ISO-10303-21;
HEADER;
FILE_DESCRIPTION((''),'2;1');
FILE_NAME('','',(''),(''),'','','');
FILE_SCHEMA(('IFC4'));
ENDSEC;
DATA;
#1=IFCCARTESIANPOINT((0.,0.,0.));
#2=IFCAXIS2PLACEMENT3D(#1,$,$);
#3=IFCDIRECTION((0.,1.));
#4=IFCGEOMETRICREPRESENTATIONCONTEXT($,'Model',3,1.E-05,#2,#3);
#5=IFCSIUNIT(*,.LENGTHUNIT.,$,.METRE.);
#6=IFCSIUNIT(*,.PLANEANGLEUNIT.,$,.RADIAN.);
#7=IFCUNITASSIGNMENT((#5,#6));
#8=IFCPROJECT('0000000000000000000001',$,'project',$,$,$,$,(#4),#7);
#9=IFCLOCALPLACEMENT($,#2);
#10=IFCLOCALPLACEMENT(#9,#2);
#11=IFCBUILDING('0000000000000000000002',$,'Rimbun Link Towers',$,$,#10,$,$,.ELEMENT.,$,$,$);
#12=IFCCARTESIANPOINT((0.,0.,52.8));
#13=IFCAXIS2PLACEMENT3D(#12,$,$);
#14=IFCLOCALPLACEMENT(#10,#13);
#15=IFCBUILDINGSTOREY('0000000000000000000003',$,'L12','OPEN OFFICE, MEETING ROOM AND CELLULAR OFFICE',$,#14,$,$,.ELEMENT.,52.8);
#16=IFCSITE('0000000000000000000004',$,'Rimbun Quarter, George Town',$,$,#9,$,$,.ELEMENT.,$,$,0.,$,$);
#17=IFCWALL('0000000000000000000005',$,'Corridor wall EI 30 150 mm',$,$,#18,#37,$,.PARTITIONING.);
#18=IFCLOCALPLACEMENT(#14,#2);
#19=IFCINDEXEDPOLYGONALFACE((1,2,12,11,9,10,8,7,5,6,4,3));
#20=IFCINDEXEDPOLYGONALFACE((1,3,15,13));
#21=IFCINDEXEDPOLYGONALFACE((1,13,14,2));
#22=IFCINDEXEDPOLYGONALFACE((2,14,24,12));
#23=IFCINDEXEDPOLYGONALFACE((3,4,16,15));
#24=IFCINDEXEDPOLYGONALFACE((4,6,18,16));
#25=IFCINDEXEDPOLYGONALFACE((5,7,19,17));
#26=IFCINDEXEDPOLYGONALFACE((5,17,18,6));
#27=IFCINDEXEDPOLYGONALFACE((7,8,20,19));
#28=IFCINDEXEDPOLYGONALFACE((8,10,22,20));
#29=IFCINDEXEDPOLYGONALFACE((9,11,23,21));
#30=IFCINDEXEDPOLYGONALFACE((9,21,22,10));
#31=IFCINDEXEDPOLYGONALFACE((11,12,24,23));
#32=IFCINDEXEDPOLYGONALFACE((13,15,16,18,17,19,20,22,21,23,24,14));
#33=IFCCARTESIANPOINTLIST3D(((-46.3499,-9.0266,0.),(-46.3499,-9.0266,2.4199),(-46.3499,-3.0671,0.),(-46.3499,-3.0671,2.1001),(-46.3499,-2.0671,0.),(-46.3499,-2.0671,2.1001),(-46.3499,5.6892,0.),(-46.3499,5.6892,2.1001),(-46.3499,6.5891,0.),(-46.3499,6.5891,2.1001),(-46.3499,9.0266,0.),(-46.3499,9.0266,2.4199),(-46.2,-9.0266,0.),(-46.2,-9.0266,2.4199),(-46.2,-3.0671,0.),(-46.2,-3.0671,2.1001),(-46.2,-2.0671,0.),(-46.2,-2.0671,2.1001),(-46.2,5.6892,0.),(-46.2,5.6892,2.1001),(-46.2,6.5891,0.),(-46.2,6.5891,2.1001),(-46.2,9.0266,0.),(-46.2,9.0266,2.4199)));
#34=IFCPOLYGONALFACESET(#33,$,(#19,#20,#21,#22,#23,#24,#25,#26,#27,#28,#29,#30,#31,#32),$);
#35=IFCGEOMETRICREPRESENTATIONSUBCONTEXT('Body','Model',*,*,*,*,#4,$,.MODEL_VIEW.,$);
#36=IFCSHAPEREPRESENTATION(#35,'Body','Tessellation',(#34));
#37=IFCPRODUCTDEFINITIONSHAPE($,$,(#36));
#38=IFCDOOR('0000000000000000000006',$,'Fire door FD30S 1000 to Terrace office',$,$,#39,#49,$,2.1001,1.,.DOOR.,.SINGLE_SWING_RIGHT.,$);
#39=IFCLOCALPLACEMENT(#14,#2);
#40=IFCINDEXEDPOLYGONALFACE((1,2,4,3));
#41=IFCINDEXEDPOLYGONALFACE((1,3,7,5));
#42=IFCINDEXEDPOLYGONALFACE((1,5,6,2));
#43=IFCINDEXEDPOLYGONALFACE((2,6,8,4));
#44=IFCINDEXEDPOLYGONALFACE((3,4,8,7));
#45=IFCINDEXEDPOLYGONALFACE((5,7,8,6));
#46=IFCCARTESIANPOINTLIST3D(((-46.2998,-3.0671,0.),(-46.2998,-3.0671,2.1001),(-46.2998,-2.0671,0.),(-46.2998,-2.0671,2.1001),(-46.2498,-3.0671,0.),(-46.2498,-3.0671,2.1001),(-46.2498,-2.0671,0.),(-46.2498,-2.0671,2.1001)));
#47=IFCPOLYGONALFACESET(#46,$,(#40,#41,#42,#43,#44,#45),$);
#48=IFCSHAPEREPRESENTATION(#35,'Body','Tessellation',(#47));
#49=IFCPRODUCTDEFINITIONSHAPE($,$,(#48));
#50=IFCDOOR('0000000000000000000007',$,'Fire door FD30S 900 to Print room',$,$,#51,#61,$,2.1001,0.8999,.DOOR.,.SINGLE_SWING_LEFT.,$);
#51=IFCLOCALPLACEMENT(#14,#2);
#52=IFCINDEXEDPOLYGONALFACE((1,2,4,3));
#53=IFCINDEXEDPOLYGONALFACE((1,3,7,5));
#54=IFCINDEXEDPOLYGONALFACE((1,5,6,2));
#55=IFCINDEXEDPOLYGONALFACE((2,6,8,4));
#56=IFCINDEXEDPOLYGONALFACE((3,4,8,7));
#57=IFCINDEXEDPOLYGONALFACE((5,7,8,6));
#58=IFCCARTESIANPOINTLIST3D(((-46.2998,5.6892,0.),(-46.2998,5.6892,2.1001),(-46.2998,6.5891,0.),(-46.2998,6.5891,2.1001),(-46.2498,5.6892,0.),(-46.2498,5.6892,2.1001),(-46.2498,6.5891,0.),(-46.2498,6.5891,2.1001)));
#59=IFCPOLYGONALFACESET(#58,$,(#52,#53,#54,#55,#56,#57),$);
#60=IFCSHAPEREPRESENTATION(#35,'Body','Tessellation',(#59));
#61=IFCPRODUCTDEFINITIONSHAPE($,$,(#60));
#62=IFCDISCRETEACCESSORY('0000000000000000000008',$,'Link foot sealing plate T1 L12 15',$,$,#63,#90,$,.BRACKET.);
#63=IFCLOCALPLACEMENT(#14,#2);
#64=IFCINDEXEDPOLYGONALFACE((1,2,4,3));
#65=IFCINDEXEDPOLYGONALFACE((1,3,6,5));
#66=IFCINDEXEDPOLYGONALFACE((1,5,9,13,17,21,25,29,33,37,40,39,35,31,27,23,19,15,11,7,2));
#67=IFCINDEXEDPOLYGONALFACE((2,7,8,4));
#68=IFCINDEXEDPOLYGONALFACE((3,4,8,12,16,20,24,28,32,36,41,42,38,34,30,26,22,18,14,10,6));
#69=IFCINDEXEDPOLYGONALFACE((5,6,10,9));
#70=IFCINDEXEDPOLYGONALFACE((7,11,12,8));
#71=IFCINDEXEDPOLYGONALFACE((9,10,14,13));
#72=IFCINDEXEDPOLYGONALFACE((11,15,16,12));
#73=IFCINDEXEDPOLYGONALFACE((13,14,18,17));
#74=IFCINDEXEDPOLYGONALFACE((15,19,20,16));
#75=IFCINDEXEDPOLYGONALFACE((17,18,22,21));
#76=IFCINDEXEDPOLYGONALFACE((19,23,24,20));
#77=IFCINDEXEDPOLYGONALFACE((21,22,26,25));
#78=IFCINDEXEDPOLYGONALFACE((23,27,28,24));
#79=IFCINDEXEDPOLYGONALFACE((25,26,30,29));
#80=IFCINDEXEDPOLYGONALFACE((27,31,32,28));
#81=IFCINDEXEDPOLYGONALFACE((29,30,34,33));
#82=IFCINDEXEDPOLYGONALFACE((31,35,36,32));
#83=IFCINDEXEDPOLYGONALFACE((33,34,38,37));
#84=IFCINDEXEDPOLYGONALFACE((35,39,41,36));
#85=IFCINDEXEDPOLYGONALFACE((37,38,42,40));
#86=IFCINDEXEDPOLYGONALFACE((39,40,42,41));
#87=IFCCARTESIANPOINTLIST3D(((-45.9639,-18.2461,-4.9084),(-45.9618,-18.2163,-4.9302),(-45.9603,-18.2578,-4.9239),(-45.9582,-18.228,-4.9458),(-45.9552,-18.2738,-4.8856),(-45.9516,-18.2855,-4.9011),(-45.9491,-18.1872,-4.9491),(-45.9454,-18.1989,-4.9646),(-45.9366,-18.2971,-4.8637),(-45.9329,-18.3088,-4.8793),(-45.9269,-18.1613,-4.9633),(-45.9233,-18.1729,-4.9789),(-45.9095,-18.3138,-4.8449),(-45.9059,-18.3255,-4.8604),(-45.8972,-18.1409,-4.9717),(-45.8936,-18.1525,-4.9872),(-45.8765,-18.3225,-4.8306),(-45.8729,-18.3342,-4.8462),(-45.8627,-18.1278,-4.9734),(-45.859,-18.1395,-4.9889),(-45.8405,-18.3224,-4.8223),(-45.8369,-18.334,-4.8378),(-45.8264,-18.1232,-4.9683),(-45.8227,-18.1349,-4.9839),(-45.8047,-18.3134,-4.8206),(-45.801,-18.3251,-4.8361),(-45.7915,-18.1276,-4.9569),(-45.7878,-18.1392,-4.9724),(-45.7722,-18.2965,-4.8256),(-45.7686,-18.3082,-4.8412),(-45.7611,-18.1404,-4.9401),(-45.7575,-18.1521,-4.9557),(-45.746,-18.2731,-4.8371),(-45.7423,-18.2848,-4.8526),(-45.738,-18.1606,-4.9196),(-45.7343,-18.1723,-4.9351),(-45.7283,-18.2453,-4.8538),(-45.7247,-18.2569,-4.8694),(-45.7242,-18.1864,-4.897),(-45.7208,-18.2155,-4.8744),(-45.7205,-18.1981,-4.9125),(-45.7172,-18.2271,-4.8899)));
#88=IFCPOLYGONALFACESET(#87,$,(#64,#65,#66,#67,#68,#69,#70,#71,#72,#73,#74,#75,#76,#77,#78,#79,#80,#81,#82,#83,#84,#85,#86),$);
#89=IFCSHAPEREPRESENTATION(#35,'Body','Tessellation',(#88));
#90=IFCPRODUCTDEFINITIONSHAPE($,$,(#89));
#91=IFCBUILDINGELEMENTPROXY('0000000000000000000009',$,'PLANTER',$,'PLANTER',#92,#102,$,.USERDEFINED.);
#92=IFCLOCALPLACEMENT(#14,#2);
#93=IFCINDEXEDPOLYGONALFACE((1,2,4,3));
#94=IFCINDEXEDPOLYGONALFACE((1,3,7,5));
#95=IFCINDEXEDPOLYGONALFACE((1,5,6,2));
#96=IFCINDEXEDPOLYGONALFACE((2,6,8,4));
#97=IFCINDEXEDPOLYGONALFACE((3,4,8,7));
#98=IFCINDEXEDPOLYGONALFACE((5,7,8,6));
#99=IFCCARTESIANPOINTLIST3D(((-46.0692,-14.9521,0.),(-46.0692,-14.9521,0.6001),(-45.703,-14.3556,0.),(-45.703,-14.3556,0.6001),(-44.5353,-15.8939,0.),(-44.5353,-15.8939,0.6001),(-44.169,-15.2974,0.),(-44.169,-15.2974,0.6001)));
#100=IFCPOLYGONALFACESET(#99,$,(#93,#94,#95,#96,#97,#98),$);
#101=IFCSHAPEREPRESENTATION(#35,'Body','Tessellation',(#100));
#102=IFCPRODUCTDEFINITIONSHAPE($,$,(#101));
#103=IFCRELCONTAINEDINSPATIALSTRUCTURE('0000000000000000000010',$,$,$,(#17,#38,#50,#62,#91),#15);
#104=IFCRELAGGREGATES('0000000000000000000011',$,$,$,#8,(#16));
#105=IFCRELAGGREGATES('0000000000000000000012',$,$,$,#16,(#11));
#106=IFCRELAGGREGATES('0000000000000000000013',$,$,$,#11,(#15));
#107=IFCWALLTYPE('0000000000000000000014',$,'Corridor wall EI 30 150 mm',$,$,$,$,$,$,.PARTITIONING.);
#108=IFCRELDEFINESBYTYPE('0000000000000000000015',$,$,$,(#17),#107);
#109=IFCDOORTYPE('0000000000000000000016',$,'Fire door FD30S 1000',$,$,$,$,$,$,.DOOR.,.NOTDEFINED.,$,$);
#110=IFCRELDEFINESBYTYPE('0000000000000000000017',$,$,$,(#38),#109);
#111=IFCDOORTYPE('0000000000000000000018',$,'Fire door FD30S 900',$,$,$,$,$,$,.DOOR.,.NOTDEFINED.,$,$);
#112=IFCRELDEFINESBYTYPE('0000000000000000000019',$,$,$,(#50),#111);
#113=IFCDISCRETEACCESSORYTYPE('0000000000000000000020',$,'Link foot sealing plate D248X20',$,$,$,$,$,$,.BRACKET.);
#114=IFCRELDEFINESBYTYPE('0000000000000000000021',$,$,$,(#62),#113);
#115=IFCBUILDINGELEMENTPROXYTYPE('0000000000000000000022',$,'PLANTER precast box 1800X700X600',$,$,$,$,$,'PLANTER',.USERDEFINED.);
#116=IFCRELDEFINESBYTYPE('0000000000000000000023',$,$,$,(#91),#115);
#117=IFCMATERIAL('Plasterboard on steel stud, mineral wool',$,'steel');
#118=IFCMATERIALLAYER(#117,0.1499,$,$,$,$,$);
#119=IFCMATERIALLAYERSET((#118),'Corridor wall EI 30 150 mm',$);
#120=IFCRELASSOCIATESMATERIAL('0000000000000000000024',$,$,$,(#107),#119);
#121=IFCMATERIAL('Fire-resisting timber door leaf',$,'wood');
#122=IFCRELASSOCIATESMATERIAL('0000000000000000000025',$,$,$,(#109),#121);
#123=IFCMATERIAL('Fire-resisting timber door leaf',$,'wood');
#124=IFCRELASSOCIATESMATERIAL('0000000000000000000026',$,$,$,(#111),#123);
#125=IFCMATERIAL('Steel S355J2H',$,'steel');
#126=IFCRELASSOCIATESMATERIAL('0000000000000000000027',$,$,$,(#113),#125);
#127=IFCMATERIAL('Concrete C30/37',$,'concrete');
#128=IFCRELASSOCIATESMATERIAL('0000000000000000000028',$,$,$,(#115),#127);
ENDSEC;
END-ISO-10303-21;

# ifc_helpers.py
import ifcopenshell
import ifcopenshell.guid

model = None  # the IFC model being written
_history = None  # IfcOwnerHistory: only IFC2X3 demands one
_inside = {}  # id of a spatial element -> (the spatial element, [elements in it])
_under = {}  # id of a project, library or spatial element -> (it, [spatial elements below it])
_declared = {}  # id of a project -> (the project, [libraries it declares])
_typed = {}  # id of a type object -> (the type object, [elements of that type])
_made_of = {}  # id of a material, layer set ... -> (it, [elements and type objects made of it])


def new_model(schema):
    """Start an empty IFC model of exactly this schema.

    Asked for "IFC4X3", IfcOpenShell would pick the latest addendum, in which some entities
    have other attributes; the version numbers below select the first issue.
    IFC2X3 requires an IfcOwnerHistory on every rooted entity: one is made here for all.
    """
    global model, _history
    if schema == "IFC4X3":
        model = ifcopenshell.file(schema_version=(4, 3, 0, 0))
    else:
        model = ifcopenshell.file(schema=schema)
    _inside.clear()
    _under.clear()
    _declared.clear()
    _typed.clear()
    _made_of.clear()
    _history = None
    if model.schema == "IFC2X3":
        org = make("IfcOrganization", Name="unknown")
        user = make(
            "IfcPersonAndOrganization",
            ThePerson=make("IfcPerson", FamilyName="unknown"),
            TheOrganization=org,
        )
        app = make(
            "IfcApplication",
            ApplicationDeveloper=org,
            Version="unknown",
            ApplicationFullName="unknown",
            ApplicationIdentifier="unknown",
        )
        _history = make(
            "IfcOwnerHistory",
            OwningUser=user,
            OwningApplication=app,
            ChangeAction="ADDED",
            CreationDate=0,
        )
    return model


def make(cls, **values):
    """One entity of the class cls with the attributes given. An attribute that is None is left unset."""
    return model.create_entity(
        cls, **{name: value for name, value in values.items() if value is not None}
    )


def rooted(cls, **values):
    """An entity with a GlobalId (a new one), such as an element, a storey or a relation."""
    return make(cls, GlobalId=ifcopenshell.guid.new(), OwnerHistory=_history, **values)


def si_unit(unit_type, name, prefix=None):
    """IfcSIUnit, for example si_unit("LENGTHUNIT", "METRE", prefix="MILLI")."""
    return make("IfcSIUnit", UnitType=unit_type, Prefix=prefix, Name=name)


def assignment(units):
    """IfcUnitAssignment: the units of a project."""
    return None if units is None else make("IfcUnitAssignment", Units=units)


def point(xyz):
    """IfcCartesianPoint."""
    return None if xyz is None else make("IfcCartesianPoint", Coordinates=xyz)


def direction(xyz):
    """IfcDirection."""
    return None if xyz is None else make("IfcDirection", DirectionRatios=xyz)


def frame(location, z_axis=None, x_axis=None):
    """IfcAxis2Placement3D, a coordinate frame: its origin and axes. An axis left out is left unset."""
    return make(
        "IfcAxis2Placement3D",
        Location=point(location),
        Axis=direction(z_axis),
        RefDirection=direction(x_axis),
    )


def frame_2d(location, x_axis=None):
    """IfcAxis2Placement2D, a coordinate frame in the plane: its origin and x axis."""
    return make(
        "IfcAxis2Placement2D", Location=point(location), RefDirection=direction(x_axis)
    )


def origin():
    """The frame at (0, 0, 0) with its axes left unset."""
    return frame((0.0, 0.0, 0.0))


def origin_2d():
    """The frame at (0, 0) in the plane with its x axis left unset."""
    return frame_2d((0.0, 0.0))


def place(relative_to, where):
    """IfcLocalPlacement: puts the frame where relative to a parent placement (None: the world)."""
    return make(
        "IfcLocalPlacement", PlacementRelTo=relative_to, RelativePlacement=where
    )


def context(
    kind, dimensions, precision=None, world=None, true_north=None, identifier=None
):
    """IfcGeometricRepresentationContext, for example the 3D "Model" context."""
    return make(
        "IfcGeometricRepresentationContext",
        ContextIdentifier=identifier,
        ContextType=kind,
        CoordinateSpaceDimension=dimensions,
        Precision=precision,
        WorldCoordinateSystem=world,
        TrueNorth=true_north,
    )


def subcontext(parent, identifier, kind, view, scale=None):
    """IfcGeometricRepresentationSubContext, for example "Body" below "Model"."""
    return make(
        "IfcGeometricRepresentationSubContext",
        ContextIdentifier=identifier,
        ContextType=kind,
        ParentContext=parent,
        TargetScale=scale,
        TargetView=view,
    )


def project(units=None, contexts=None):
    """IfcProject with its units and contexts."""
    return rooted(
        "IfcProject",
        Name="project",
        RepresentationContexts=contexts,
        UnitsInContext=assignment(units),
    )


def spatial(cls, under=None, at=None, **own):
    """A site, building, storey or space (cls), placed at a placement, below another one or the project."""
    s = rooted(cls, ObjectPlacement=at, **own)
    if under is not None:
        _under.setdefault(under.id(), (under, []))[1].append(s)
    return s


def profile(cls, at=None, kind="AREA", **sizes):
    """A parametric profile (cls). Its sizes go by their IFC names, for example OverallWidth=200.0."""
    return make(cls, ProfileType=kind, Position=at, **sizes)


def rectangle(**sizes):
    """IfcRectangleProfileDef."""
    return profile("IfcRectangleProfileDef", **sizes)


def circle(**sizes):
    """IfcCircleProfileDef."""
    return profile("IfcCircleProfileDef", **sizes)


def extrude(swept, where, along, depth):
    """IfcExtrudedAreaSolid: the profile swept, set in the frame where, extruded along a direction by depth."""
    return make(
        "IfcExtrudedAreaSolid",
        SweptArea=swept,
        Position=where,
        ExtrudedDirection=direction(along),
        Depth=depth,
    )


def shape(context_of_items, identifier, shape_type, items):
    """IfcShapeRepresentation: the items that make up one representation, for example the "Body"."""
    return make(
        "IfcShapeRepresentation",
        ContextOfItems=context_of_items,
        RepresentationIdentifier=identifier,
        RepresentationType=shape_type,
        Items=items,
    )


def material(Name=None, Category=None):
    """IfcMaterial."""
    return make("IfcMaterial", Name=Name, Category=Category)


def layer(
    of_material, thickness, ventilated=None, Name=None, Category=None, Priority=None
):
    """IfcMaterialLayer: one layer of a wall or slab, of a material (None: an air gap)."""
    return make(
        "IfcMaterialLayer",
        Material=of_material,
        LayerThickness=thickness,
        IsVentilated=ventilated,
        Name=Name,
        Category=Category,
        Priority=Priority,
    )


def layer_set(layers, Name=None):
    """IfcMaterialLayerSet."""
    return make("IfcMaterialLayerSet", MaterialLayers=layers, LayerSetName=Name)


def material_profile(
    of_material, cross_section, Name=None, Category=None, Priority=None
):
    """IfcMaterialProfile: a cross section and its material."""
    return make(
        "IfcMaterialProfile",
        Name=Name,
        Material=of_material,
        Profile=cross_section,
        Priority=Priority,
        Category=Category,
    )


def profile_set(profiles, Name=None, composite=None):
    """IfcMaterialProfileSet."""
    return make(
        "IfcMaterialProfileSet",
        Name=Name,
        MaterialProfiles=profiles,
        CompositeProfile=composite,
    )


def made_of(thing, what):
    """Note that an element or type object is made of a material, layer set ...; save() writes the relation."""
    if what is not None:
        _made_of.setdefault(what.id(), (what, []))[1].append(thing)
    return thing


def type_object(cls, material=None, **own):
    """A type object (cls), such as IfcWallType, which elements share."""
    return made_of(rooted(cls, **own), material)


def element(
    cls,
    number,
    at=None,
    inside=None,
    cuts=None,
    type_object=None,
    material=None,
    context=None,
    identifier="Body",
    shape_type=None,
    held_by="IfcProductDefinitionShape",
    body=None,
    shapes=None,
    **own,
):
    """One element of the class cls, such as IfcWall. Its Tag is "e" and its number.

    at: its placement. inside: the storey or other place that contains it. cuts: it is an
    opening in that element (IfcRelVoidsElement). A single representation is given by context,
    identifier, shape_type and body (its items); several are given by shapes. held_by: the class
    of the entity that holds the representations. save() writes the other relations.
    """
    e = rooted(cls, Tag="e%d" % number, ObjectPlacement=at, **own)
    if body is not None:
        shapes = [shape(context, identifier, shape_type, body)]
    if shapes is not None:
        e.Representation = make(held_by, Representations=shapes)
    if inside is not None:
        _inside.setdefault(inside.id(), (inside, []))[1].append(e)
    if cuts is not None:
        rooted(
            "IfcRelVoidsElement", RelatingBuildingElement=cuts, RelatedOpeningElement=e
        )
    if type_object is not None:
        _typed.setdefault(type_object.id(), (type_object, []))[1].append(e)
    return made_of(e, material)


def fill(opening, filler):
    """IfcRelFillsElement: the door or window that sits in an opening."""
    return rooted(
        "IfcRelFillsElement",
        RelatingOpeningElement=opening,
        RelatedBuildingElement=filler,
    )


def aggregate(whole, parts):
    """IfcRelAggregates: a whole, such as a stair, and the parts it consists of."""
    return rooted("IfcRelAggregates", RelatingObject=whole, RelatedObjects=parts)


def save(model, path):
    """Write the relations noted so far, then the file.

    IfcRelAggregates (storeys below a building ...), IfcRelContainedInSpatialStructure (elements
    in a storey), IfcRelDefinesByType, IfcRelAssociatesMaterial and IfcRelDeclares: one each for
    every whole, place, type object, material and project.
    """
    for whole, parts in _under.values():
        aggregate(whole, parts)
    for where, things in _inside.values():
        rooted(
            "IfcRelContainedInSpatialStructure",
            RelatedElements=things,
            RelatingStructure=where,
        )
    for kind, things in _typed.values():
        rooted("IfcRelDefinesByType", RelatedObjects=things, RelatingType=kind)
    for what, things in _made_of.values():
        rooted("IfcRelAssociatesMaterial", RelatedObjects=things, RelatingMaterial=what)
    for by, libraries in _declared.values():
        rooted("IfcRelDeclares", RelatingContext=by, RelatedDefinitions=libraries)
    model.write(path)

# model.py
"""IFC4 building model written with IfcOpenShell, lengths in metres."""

from ifc_helpers import new_model, si_unit, direction, frame, frame_2d, origin, origin_2d, place, context, subcontext, project, spatial, rectangle, circle, extrude, material, layer, layer_set, material_profile, profile_set, type_object, element, fill, save


model = new_model("IFC4")

# Units and contexts
model_context = context("Model", 3, precision=1e-05, world=origin(), true_north=direction((0.0, 1.0)))
body_context = subcontext(model_context, "Body", "Model", "MODEL_VIEW")
ifc_project = project(units=[si_unit("LENGTHUNIT", "METRE"), si_unit("PLANEANGLEUNIT", "RADIAN")], contexts=[model_context])

# Site, building, storey
site_placement = place(None, origin())
site = spatial("IfcSite", under=ifc_project, at=site_placement, Name="Rimbun Quarter, George Town", CompositionType="ELEMENT", RefElevation=0.0)
building_placement = place(site_placement, origin())
building = spatial("IfcBuilding", under=site, at=building_placement, Name="Rimbun Link Towers", CompositionType="ELEMENT")
storey_placement = place(building_placement, frame((0.0, 0.0, 52.8)))
storey = spatial("IfcBuildingStorey", under=building, at=storey_placement, Name="L12", Description="OPEN OFFICE, MEETING ROOM AND CELLULAR OFFICE", CompositionType="ELEMENT", Elevation=52.8)

# Shared definitions
ifc_material_1 = material(Name="Plasterboard on steel stud, mineral wool", Category="steel")
ifc_layer_1 = layer(ifc_material_1, 0.1499)
ifc_layer_set_1 = layer_set([ifc_layer_1], Name="Corridor wall EI 30 150 mm")
wall_type_1 = type_object("IfcWallType", Name="Corridor wall EI 30 150 mm", PredefinedType="PARTITIONING", material=ifc_layer_set_1)

# Wall, openings, doors
wall_1_placement = place(storey_placement, frame((-46.2749, -9.0266, 0.0), z_axis=(0.0, 0.0, 1.0), x_axis=(0.0, 1.0, 0.0)))
wall_1 = element("IfcWall", 1, at=wall_1_placement, inside=storey, type_object=wall_type_1, Name="Corridor wall EI 30 150 mm", PredefinedType="PARTITIONING", context=body_context, shape_type="SweptSolid", body=[
    extrude(rectangle(XDim=18.0532, YDim=0.1499, at=frame_2d((9.0266, 0.0))), origin(), (0.0, 0.0, 1.0), 2.4199),
])
opening_1_placement = place(wall_1_placement, frame((14.7158, 0.0, 0.0)))
opening_1 = element("IfcOpeningElement", 2, at=opening_1_placement, cuts=wall_1, PredefinedType="OPENING", context=body_context, shape_type="SweptSolid", body=[
    extrude(rectangle(XDim=0.8999, YDim=2.1001, at=frame_2d((0.45, 1.05))), frame((0.0, 0.085, 0.0), z_axis=(0.0, -1.0, 0.0), x_axis=(1.0, 0.0, 0.0)), (0.0, 0.0, 1.0), 0.1699),
])
opening_2_placement = place(wall_1_placement, frame((5.9595, 0.0, 0.0)))
opening_2 = element("IfcOpeningElement", 3, at=opening_2_placement, cuts=wall_1, PredefinedType="OPENING", context=body_context, shape_type="SweptSolid", body=[
    extrude(rectangle(XDim=1.0, YDim=2.1001, at=frame_2d((0.5, 1.05))), frame((0.0, 0.085, 0.0), z_axis=(0.0, -1.0, 0.0), x_axis=(1.0, 0.0, 0.0)), (0.0, 0.0, 1.0), 0.1699),
])
ifc_material_2 = material(Name="Fire-resisting timber door leaf", Category="wood")
door_type_1 = type_object("IfcDoorType", Name="Fire door FD30S 1000", OperationType="NOTDEFINED", PredefinedType="DOOR", material=ifc_material_2)
door_1_placement = place(opening_2_placement, origin())
door_1 = element("IfcDoor", 4, at=door_1_placement, inside=storey, type_object=door_type_1, Name="Fire door FD30S 1000 to Terrace office", OperationType="SINGLE_SWING_RIGHT", OverallHeight=2.1001, OverallWidth=1.0, PredefinedType="DOOR", context=body_context, shape_type="SweptSolid", body=[
    extrude(rectangle(XDim=1.0, YDim=2.1001, at=frame_2d((0.5, 1.05))), frame((0.0, 0.0249, 0.0), z_axis=(0.0, -1.0, 0.0), x_axis=(1.0, 0.0, 0.0)), (0.0, 0.0, 1.0), 0.05),
])
fill(opening_2, door_1)
ifc_material_3 = material(Name="Fire-resisting timber door leaf", Category="wood")
door_type_2 = type_object("IfcDoorType", Name="Fire door FD30S 900", OperationType="NOTDEFINED", PredefinedType="DOOR", material=ifc_material_3)
door_2_placement = place(opening_1_placement, origin())
door_2 = element("IfcDoor", 5, at=door_2_placement, inside=storey, type_object=door_type_2, Name="Fire door FD30S 900 to Print room", OperationType="SINGLE_SWING_LEFT", OverallHeight=2.1001, OverallWidth=0.8999, PredefinedType="DOOR", context=body_context, shape_type="SweptSolid", body=[
    extrude(rectangle(XDim=0.8999, YDim=2.1001, at=frame_2d((0.45, 1.05))), frame((0.0, 0.0249, 0.0), z_axis=(0.0, -1.0, 0.0), x_axis=(1.0, 0.0, 0.0)), (0.0, 0.0, 1.0), 0.05),
])
fill(opening_1, door_2)

# Discrete accessory
ifc_material_4 = material(Name="Steel S355J2H", Category="steel")
ifc_material_profile_1 = material_profile(ifc_material_4, circle(Radius=0.124, at=origin_2d()), Name="PL D248")
ifc_profile_set_1 = profile_set([ifc_material_profile_1], Name="Steel S355J2H")
discrete_accessory_type = type_object("IfcDiscreteAccessoryType", Name="Link foot sealing plate D248X20", PredefinedType="BRACKET", material=ifc_profile_set_1)
discrete_accessory_placement = place(storey_placement, frame((-45.8425, -18.2234, -4.897), z_axis=(0.184289, -0.589723, -0.786298), x_axis=(0.95448, 0.298275, 0.0)))
element("IfcDiscreteAccessory", 6, at=discrete_accessory_placement, inside=storey, type_object=discrete_accessory_type, Name="Link foot sealing plate T1 L12 15", PredefinedType="BRACKET", context=body_context, shape_type="SweptSolid", body=[
    extrude(circle(Radius=0.124, at=origin_2d()), origin(), (0.0, 0.0, 1.0), 0.0198),
])

# Building element proxy
ifc_material_5 = material(Name="Concrete C30/37", Category="concrete")
building_element_proxy_type = type_object("IfcBuildingElementProxyType", Name="PLANTER precast box 1800X700X600", ElementType="PLANTER", PredefinedType="USERDEFINED", material=ifc_material_5)
proxy_placement = place(storey_placement, frame((-45.1191, -15.1248, 0.0), z_axis=(0.0, 0.0, 1.0), x_axis=(0.852183, -0.523243, 0.0)))
element("IfcBuildingElementProxy", 7, at=proxy_placement, inside=storey, type_object=building_element_proxy_type, Name="PLANTER", ObjectType="PLANTER", PredefinedType="USERDEFINED", context=body_context, shape_type="SweptSolid", body=[
    extrude(rectangle(XDim=1.8, YDim=0.7, at=origin_2d()), origin(), (0.0, 0.0, 1.0), 0.6001),
])

save(model, "model.ifc")
